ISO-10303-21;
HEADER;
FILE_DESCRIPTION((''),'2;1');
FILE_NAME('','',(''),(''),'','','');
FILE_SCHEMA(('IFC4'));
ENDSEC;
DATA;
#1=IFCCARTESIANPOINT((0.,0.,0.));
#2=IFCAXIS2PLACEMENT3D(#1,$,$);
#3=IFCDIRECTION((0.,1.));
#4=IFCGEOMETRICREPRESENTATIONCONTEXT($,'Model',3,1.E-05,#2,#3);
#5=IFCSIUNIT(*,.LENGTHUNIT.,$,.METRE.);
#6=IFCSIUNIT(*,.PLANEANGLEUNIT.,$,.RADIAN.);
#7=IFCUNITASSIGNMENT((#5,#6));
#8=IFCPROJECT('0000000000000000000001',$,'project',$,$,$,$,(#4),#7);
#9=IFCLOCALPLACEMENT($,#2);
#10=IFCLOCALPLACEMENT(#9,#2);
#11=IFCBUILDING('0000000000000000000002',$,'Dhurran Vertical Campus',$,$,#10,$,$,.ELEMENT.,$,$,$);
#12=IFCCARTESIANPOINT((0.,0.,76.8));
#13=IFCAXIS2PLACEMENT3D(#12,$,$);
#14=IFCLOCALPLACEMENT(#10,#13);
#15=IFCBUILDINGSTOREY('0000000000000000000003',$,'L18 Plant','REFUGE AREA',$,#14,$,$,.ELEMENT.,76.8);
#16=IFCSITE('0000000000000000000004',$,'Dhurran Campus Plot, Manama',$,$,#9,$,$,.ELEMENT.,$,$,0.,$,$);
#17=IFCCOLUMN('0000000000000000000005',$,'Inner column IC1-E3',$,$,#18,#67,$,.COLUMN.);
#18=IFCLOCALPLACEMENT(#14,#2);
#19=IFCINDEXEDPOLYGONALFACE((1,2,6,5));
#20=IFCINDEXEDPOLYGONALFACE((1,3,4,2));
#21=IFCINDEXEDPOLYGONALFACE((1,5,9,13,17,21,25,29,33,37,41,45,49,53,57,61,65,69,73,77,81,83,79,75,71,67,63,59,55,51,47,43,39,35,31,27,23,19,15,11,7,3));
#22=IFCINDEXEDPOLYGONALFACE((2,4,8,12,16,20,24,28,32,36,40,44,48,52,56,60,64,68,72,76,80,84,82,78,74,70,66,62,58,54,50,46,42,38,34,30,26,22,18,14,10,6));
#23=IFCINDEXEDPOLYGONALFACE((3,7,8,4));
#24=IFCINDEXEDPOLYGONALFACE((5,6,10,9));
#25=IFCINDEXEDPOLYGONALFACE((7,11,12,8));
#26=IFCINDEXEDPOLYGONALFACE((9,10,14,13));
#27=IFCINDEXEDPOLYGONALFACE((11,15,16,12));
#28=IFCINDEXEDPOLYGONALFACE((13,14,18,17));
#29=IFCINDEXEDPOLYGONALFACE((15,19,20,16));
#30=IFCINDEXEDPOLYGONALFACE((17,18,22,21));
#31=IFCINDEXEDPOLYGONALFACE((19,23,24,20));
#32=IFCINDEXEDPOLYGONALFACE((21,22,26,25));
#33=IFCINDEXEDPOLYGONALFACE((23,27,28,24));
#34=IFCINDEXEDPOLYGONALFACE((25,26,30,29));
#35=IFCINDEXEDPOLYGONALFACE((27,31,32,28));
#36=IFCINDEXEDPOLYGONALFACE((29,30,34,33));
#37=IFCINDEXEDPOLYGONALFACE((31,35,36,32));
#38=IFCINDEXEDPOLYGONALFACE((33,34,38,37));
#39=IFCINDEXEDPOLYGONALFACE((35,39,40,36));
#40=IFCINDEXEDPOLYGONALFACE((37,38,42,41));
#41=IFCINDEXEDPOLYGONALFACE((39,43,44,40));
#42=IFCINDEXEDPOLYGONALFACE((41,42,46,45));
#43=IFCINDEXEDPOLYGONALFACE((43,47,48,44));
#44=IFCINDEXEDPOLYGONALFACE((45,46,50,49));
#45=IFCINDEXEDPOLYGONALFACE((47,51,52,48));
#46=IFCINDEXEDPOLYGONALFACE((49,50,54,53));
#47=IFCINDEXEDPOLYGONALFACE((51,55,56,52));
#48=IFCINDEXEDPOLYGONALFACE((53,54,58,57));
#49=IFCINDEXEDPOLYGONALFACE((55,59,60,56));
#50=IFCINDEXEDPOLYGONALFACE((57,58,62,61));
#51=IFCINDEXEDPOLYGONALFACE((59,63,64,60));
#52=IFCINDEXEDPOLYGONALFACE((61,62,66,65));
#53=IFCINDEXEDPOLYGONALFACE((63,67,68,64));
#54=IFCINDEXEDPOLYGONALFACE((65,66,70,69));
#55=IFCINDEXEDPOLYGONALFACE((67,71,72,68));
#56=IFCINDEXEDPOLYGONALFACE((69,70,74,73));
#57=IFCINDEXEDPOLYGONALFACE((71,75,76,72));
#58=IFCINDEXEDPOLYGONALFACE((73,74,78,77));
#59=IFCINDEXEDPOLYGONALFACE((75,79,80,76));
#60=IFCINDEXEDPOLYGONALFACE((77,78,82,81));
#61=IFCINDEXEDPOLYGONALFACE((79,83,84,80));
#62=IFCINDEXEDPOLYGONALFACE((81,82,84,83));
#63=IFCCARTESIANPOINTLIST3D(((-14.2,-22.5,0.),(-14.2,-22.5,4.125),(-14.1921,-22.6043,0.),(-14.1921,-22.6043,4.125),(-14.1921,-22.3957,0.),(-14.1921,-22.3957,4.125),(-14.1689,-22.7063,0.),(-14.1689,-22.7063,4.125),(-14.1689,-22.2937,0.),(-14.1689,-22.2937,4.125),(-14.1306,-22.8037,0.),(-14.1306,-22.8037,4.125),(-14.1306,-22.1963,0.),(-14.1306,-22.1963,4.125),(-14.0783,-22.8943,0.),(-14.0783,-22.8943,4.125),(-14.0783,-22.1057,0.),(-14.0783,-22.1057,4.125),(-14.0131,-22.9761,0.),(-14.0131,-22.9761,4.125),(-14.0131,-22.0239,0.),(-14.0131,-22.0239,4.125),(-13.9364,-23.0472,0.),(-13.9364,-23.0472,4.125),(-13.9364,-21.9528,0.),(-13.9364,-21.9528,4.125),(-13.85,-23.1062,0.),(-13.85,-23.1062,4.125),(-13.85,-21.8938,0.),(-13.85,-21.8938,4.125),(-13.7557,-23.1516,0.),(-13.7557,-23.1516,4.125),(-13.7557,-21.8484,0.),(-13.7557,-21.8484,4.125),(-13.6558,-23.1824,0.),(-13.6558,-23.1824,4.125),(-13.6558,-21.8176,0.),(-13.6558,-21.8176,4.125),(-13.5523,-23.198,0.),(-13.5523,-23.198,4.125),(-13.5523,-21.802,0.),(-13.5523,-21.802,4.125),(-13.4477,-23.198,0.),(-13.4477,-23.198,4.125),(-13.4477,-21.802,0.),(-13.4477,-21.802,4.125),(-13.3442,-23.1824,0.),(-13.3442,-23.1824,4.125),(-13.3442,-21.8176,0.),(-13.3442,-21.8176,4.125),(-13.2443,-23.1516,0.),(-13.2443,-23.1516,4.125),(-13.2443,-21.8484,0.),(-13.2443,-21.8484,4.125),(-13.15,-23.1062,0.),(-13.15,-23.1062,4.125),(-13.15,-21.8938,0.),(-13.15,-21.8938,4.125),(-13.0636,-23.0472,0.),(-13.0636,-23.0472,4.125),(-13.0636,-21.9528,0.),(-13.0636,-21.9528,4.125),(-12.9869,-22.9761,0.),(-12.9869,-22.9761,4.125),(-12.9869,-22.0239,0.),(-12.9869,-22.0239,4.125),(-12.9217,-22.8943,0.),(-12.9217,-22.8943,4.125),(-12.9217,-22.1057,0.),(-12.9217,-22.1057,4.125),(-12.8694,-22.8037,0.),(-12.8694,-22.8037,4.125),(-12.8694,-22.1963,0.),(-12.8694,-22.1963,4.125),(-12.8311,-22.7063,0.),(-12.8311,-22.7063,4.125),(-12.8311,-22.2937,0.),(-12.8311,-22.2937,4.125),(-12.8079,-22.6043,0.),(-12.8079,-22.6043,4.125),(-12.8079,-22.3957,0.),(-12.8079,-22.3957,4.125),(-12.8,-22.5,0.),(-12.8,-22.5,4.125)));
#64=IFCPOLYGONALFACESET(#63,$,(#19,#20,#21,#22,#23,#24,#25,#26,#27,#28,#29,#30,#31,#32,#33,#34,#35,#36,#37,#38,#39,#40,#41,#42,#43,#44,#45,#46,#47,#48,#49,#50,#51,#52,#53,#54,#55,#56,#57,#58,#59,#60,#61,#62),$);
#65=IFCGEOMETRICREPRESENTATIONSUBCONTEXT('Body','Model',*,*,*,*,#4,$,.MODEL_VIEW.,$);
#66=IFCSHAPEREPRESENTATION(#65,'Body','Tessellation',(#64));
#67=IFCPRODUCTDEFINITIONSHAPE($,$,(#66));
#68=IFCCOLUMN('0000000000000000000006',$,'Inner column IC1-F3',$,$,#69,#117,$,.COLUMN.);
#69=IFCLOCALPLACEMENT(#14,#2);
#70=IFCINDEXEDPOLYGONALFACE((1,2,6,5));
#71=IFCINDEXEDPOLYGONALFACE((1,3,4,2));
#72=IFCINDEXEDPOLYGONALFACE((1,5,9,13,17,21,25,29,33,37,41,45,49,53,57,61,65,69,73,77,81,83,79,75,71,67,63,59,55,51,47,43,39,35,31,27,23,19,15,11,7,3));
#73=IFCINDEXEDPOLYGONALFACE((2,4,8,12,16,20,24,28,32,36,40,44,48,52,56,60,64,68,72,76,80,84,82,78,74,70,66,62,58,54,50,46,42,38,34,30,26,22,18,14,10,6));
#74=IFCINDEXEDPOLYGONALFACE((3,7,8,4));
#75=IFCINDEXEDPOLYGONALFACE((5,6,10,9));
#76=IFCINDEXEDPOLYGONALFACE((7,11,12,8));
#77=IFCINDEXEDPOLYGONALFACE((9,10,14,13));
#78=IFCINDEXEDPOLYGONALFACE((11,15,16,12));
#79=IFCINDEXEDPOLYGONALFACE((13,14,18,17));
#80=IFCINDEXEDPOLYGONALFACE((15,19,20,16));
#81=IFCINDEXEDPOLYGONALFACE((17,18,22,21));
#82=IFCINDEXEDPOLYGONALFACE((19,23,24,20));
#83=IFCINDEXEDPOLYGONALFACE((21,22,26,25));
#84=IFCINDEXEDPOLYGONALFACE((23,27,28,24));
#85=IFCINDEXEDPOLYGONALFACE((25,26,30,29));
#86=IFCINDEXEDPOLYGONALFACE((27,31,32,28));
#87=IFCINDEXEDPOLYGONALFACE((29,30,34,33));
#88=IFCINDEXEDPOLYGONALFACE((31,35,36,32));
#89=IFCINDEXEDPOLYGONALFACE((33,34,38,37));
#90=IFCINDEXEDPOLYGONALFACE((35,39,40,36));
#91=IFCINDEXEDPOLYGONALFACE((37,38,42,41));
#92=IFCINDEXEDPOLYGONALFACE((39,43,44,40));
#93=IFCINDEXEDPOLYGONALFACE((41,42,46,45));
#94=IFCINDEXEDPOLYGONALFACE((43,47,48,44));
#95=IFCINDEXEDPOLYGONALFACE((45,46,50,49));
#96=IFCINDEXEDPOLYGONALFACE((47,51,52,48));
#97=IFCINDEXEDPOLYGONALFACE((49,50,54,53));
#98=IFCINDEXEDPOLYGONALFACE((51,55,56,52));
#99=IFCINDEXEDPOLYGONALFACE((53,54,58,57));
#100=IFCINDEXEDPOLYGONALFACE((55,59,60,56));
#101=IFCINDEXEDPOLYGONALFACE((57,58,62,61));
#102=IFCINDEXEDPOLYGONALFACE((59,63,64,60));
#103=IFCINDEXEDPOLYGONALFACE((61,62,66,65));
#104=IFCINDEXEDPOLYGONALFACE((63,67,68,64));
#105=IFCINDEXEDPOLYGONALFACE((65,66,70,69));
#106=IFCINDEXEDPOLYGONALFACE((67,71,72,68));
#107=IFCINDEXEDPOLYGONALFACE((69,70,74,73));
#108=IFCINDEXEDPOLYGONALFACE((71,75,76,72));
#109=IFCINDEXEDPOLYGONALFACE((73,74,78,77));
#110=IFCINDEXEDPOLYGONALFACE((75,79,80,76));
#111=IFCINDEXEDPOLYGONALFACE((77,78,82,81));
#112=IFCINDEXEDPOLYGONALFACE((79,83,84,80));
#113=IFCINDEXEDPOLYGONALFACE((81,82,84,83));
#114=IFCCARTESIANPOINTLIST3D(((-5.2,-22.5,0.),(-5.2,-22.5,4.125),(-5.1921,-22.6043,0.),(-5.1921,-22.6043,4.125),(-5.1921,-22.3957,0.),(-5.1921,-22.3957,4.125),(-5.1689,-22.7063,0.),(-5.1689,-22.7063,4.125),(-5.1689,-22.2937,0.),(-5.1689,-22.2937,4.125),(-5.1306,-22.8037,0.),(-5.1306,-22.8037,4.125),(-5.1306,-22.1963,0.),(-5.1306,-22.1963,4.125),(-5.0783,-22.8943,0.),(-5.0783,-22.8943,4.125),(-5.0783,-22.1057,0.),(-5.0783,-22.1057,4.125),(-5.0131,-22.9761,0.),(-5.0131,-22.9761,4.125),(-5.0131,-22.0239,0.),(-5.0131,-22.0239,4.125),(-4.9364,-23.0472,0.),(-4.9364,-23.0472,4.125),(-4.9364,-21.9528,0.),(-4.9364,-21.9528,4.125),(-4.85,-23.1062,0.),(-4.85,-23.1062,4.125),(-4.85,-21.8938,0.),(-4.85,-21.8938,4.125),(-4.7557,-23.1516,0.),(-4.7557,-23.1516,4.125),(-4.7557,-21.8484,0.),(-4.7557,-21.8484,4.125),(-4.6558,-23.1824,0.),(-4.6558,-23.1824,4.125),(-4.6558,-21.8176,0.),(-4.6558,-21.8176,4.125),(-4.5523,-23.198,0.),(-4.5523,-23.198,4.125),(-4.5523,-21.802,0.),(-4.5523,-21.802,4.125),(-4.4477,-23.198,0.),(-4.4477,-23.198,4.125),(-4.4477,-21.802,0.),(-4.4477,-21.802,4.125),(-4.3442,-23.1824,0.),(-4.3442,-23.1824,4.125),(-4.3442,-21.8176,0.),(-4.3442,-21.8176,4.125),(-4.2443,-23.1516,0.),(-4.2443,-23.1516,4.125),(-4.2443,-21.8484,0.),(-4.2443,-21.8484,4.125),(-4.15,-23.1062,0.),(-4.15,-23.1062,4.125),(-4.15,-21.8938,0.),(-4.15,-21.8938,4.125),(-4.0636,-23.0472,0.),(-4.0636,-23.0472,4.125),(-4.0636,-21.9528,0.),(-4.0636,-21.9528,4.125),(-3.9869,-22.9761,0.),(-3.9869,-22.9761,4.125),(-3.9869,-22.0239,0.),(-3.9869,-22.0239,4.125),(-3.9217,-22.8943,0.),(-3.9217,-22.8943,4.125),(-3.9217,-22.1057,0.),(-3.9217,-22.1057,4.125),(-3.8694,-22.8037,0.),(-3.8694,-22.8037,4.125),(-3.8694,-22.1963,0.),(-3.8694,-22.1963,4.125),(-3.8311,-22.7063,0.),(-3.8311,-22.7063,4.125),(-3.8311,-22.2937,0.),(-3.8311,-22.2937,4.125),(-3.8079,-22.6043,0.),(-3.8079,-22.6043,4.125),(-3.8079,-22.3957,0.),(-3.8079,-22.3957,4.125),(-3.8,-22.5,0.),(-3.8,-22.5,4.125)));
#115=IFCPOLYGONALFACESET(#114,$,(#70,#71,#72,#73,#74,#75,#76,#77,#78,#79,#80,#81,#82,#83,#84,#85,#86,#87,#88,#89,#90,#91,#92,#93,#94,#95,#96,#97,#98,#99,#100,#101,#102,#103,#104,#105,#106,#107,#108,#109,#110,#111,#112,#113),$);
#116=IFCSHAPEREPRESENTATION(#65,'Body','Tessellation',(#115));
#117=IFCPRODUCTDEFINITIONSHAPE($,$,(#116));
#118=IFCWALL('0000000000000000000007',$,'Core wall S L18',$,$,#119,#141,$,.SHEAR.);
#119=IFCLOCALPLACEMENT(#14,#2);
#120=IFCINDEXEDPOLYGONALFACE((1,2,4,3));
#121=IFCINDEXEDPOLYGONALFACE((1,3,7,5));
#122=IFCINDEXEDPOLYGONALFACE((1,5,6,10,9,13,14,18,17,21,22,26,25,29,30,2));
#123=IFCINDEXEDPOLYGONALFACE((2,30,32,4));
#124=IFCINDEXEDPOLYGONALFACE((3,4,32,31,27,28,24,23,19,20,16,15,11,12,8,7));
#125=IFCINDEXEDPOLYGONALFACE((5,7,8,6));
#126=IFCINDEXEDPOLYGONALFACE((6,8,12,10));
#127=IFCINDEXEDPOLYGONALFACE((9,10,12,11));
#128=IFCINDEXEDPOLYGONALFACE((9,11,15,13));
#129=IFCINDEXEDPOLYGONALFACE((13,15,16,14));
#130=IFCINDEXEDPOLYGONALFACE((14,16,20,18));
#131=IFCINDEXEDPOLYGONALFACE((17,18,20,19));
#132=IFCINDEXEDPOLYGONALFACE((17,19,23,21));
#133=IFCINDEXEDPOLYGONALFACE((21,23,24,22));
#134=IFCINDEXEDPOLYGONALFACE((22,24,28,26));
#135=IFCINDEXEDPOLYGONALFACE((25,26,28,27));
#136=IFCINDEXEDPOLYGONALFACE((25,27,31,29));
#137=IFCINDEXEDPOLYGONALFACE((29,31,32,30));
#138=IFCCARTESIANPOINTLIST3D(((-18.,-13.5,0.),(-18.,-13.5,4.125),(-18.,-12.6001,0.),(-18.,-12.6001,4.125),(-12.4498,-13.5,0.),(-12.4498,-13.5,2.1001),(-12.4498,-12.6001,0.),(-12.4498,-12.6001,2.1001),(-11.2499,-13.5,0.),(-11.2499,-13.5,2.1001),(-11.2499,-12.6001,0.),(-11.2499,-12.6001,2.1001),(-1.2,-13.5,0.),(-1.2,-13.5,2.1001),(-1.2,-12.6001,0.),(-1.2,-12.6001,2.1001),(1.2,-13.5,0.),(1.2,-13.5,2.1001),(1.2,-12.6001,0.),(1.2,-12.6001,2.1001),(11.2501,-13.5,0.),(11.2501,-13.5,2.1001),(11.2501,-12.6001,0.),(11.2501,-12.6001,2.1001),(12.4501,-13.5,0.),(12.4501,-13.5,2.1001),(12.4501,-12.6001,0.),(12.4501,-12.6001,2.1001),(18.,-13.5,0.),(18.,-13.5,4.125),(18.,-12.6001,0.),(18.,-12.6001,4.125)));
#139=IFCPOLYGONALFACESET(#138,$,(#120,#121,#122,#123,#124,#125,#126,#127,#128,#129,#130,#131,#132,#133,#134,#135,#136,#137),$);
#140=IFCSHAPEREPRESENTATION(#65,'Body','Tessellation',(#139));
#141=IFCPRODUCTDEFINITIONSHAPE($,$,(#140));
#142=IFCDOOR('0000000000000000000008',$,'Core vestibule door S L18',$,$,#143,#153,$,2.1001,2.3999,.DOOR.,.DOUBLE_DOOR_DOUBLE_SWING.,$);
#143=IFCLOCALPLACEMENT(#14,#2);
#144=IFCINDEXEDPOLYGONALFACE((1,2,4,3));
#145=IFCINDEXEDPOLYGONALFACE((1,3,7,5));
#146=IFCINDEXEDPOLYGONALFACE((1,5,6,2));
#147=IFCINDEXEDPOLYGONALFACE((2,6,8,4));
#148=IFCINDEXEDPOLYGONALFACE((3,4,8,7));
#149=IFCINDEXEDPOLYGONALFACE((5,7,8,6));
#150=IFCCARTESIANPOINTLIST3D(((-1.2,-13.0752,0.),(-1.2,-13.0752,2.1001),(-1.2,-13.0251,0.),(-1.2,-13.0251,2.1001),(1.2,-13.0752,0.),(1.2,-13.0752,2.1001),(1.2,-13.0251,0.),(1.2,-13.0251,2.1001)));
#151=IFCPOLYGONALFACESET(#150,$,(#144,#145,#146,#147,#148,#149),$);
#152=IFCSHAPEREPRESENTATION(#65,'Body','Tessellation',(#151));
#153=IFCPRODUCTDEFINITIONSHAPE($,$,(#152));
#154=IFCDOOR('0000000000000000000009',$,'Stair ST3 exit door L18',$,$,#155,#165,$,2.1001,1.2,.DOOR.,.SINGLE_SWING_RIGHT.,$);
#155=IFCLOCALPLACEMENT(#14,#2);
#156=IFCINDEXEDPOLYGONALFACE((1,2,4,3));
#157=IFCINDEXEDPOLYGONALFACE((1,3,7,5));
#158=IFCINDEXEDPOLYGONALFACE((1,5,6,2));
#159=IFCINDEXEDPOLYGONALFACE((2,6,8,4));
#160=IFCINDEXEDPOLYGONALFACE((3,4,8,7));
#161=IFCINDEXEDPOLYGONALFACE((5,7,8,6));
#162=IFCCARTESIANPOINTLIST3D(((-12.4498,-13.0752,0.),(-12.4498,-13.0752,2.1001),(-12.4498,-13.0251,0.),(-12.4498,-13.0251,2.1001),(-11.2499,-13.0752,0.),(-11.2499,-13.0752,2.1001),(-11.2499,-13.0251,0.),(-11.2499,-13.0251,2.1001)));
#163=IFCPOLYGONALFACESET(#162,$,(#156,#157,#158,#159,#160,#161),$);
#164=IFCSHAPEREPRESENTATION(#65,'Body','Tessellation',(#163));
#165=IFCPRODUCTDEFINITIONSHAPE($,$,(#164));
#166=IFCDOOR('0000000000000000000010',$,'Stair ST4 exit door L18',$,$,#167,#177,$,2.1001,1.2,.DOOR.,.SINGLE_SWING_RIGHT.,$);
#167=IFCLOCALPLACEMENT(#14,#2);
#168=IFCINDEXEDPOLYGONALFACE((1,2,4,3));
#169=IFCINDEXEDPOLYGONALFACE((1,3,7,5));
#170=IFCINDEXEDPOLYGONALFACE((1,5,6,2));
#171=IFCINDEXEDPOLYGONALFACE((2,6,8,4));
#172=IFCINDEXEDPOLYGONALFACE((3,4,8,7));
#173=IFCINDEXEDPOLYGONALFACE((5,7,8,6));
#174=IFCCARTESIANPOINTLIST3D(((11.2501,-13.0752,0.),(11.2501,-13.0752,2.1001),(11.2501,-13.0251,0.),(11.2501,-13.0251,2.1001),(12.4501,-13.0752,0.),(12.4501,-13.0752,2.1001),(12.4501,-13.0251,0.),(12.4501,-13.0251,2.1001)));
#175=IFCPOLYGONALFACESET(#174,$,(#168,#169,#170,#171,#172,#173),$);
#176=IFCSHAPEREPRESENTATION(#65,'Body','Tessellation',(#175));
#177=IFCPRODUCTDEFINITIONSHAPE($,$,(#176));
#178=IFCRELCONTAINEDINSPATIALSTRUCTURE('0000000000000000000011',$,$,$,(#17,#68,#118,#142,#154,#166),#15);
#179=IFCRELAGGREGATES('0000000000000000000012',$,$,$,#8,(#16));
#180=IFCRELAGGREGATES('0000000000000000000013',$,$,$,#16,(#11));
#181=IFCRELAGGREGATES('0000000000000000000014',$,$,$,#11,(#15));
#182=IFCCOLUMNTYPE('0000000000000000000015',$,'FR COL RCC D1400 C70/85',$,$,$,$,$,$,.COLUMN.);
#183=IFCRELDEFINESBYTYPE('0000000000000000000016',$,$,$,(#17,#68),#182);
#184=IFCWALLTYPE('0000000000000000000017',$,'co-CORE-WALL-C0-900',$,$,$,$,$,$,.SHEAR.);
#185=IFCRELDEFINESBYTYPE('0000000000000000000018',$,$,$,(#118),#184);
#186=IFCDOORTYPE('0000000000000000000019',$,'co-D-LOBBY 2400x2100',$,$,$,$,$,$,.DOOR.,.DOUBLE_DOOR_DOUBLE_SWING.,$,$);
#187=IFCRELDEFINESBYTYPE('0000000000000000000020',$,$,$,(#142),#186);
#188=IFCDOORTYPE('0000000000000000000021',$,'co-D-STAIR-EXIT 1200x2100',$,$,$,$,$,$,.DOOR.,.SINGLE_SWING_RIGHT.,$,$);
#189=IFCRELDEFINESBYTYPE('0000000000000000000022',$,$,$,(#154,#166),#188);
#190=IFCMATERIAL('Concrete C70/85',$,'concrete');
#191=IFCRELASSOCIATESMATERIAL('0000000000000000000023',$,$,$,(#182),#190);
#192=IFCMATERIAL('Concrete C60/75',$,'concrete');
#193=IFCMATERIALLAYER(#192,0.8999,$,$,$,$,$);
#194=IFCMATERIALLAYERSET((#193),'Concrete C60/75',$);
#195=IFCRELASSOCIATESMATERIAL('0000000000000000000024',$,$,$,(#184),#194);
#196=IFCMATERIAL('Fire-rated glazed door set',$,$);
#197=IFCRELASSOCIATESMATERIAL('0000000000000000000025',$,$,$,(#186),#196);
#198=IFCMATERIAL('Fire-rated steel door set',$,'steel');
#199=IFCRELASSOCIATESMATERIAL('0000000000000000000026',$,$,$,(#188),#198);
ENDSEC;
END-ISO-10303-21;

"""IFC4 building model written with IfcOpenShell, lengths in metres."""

from ifc_helpers import new_model, si_unit, direction, frame, frame_2d, origin, origin_2d, place, context, subcontext, project, spatial, rectangle, circle, extrude, material, layer, layer_set, material_profile, profile_set, type_object, element, fill, save


model = new_model("IFC4")

# Units and contexts
model_context = context("Model", 3, precision=1e-05, world=origin(), true_north=direction((0.0, 1.0)))
body_context = subcontext(model_context, "Body", "Model", "MODEL_VIEW")
ifc_project = project(units=[si_unit("LENGTHUNIT", "METRE"), si_unit("PLANEANGLEUNIT", "RADIAN")], contexts=[model_context])

# Site, building, storey
site_placement = place(None, origin())
site = spatial("IfcSite", under=ifc_project, at=site_placement, Name="Dhurran Campus Plot, Manama", CompositionType="ELEMENT", RefElevation=0.0)
building_placement = place(site_placement, origin())
building = spatial("IfcBuilding", under=site, at=building_placement, Name="Dhurran Vertical Campus", CompositionType="ELEMENT")
storey_placement = place(building_placement, frame((0.0, 0.0, 76.8)))
storey = spatial("IfcBuildingStorey", under=building, at=storey_placement, Name="L18 Plant", Description="REFUGE AREA", CompositionType="ELEMENT", Elevation=76.8)

# Columns
ifc_material_1 = material(Name="Concrete C70/85", Category="concrete")
ifc_material_profile = material_profile(ifc_material_1, circle(Radius=0.7, at=origin_2d()), Name="RCC D1400")
ifc_profile_set = profile_set([ifc_material_profile], Name="Concrete C70/85")
column_type = type_object("IfcColumnType", Name="FR COL RCC D1400 C70/85", PredefinedType="COLUMN", material=ifc_profile_set)
for number, where, z_axis, x_axis, name in (
    (1, (-13.5, -22.5, 0.0), (0.0, 0.0, 1.0), (1.0, 0.0, 0.0), "Inner column IC1-E3"),
    (2, (-4.5, -22.5, 0.0), (0.0, 0.0, 1.0), (1.0, 0.0, 0.0), "Inner column IC1-F3"),
):
    element("IfcColumn", number, at=place(storey_placement, frame(where, z_axis=z_axis, x_axis=x_axis)), inside=storey, type_object=column_type, Name=name, PredefinedType="COLUMN", context=body_context, shape_type="SweptSolid", body=[
        extrude(circle(Radius=0.7, at=origin_2d()), origin(), (0.0, 0.0, 1.0), 4.125),
    ])

# Wall, openings, doors
ifc_material_2 = material(Name="Concrete C60/75", Category="concrete")
ifc_layer_1 = layer(ifc_material_2, 0.8999)
ifc_layer_set_1 = layer_set([ifc_layer_1], Name="Concrete C60/75")
wall_type_1 = type_object("IfcWallType", Name="co-CORE-WALL-C0-900", PredefinedType="SHEAR", material=ifc_layer_set_1)
wall_1_placement = place(storey_placement, frame((-18.0, -13.05, 0.0), z_axis=(0.0, 0.0, 1.0), x_axis=(1.0, 0.0, 0.0)))
wall_1 = element("IfcWall", 3, at=wall_1_placement, inside=storey, type_object=wall_type_1, Name="Core wall S L18", PredefinedType="SHEAR", context=body_context, shape_type="SweptSolid", body=[
    extrude(rectangle(XDim=36.0, YDim=0.8999, at=frame_2d((18.0, 0.0))), origin(), (0.0, 0.0, 1.0), 4.125),
])
opening_1_placement = place(wall_1_placement, frame((16.8, 0.0, 0.0)))
opening_1 = element("IfcOpeningElement", 4, at=opening_1_placement, cuts=wall_1, PredefinedType="OPENING", context=body_context, shape_type="SweptSolid", body=[
    extrude(rectangle(XDim=2.3999, YDim=2.1001, at=frame_2d((1.2, 1.05))), frame((0.0, 0.46, 0.0), z_axis=(0.0, -1.0, 0.0), x_axis=(1.0, 0.0, 0.0)), (0.0, 0.0, 1.0), 0.9199),
])
opening_2_placement = place(wall_1_placement, frame((5.55, 0.0, 0.0)))
opening_2 = element("IfcOpeningElement", 5, at=opening_2_placement, cuts=wall_1, PredefinedType="OPENING", context=body_context, shape_type="SweptSolid", body=[
    extrude(rectangle(XDim=1.2, YDim=2.1001, at=frame_2d((0.6001, 1.05))), frame((0.0, 0.46, 0.0), z_axis=(0.0, -1.0, 0.0), x_axis=(1.0, 0.0, 0.0)), (0.0, 0.0, 1.0), 0.9199),
])
opening_3_placement = place(wall_1_placement, frame((29.25, 0.0, 0.0)))
opening_3 = element("IfcOpeningElement", 6, at=opening_3_placement, cuts=wall_1, PredefinedType="OPENING", context=body_context, shape_type="SweptSolid", body=[
    extrude(rectangle(XDim=1.2, YDim=2.1001, at=frame_2d((0.6001, 1.05))), frame((0.0, 0.46, 0.0), z_axis=(0.0, -1.0, 0.0), x_axis=(1.0, 0.0, 0.0)), (0.0, 0.0, 1.0), 0.9199),
])
ifc_material_3 = material(Name="Fire-rated glazed door set")
door_type_1 = type_object("IfcDoorType", Name="co-D-LOBBY 2400x2100", OperationType="DOUBLE_DOOR_DOUBLE_SWING", PredefinedType="DOOR", material=ifc_material_3)
door_1_placement = place(opening_1_placement, origin())
door_1 = element("IfcDoor", 7, at=door_1_placement, inside=storey, type_object=door_type_1, Name="Core vestibule door S L18", OperationType="DOUBLE_DOOR_DOUBLE_SWING", OverallHeight=2.1001, OverallWidth=2.3999, PredefinedType="DOOR", context=body_context, shape_type="SweptSolid", body=[
    extrude(rectangle(XDim=2.3999, YDim=2.1001, at=frame_2d((1.2, 1.05))), frame((0.0, 0.0249, 0.0), z_axis=(0.0, -1.0, 0.0), x_axis=(1.0, 0.0, 0.0)), (0.0, 0.0, 1.0), 0.05),
])
fill(opening_1, door_1)
ifc_material_4 = material(Name="Fire-rated steel door set", Category="steel")
door_type_2 = type_object("IfcDoorType", Name="co-D-STAIR-EXIT 1200x2100", OperationType="SINGLE_SWING_RIGHT", PredefinedType="DOOR", material=ifc_material_4)
door_2_placement = place(opening_2_placement, origin())
door_2 = element("IfcDoor", 8, at=door_2_placement, inside=storey, type_object=door_type_2, Name="Stair ST3 exit door L18", OperationType="SINGLE_SWING_RIGHT", OverallHeight=2.1001, OverallWidth=1.2, PredefinedType="DOOR", context=body_context, shape_type="SweptSolid", body=[
    extrude(rectangle(XDim=1.2, YDim=2.1001, at=frame_2d((0.6001, 1.05))), frame((0.0, 0.0249, 0.0), z_axis=(0.0, -1.0, 0.0), x_axis=(1.0, 0.0, 0.0)), (0.0, 0.0, 1.0), 0.05),
])
fill(opening_2, door_2)
door_3_placement = place(opening_3_placement, origin())
door_3 = element("IfcDoor", 9, at=door_3_placement, inside=storey, type_object=door_type_2, Name="Stair ST4 exit door L18", OperationType="SINGLE_SWING_RIGHT", OverallHeight=2.1001, OverallWidth=1.2, PredefinedType="DOOR", context=body_context, shape_type="SweptSolid", body=[
    extrude(rectangle(XDim=1.2, YDim=2.1001, at=frame_2d((0.6001, 1.05))), frame((0.0, 0.0249, 0.0), z_axis=(0.0, -1.0, 0.0), x_axis=(1.0, 0.0, 0.0)), (0.0, 0.0, 1.0), 0.05),
])
fill(opening_3, door_3)

save(model, "model.ifc")
